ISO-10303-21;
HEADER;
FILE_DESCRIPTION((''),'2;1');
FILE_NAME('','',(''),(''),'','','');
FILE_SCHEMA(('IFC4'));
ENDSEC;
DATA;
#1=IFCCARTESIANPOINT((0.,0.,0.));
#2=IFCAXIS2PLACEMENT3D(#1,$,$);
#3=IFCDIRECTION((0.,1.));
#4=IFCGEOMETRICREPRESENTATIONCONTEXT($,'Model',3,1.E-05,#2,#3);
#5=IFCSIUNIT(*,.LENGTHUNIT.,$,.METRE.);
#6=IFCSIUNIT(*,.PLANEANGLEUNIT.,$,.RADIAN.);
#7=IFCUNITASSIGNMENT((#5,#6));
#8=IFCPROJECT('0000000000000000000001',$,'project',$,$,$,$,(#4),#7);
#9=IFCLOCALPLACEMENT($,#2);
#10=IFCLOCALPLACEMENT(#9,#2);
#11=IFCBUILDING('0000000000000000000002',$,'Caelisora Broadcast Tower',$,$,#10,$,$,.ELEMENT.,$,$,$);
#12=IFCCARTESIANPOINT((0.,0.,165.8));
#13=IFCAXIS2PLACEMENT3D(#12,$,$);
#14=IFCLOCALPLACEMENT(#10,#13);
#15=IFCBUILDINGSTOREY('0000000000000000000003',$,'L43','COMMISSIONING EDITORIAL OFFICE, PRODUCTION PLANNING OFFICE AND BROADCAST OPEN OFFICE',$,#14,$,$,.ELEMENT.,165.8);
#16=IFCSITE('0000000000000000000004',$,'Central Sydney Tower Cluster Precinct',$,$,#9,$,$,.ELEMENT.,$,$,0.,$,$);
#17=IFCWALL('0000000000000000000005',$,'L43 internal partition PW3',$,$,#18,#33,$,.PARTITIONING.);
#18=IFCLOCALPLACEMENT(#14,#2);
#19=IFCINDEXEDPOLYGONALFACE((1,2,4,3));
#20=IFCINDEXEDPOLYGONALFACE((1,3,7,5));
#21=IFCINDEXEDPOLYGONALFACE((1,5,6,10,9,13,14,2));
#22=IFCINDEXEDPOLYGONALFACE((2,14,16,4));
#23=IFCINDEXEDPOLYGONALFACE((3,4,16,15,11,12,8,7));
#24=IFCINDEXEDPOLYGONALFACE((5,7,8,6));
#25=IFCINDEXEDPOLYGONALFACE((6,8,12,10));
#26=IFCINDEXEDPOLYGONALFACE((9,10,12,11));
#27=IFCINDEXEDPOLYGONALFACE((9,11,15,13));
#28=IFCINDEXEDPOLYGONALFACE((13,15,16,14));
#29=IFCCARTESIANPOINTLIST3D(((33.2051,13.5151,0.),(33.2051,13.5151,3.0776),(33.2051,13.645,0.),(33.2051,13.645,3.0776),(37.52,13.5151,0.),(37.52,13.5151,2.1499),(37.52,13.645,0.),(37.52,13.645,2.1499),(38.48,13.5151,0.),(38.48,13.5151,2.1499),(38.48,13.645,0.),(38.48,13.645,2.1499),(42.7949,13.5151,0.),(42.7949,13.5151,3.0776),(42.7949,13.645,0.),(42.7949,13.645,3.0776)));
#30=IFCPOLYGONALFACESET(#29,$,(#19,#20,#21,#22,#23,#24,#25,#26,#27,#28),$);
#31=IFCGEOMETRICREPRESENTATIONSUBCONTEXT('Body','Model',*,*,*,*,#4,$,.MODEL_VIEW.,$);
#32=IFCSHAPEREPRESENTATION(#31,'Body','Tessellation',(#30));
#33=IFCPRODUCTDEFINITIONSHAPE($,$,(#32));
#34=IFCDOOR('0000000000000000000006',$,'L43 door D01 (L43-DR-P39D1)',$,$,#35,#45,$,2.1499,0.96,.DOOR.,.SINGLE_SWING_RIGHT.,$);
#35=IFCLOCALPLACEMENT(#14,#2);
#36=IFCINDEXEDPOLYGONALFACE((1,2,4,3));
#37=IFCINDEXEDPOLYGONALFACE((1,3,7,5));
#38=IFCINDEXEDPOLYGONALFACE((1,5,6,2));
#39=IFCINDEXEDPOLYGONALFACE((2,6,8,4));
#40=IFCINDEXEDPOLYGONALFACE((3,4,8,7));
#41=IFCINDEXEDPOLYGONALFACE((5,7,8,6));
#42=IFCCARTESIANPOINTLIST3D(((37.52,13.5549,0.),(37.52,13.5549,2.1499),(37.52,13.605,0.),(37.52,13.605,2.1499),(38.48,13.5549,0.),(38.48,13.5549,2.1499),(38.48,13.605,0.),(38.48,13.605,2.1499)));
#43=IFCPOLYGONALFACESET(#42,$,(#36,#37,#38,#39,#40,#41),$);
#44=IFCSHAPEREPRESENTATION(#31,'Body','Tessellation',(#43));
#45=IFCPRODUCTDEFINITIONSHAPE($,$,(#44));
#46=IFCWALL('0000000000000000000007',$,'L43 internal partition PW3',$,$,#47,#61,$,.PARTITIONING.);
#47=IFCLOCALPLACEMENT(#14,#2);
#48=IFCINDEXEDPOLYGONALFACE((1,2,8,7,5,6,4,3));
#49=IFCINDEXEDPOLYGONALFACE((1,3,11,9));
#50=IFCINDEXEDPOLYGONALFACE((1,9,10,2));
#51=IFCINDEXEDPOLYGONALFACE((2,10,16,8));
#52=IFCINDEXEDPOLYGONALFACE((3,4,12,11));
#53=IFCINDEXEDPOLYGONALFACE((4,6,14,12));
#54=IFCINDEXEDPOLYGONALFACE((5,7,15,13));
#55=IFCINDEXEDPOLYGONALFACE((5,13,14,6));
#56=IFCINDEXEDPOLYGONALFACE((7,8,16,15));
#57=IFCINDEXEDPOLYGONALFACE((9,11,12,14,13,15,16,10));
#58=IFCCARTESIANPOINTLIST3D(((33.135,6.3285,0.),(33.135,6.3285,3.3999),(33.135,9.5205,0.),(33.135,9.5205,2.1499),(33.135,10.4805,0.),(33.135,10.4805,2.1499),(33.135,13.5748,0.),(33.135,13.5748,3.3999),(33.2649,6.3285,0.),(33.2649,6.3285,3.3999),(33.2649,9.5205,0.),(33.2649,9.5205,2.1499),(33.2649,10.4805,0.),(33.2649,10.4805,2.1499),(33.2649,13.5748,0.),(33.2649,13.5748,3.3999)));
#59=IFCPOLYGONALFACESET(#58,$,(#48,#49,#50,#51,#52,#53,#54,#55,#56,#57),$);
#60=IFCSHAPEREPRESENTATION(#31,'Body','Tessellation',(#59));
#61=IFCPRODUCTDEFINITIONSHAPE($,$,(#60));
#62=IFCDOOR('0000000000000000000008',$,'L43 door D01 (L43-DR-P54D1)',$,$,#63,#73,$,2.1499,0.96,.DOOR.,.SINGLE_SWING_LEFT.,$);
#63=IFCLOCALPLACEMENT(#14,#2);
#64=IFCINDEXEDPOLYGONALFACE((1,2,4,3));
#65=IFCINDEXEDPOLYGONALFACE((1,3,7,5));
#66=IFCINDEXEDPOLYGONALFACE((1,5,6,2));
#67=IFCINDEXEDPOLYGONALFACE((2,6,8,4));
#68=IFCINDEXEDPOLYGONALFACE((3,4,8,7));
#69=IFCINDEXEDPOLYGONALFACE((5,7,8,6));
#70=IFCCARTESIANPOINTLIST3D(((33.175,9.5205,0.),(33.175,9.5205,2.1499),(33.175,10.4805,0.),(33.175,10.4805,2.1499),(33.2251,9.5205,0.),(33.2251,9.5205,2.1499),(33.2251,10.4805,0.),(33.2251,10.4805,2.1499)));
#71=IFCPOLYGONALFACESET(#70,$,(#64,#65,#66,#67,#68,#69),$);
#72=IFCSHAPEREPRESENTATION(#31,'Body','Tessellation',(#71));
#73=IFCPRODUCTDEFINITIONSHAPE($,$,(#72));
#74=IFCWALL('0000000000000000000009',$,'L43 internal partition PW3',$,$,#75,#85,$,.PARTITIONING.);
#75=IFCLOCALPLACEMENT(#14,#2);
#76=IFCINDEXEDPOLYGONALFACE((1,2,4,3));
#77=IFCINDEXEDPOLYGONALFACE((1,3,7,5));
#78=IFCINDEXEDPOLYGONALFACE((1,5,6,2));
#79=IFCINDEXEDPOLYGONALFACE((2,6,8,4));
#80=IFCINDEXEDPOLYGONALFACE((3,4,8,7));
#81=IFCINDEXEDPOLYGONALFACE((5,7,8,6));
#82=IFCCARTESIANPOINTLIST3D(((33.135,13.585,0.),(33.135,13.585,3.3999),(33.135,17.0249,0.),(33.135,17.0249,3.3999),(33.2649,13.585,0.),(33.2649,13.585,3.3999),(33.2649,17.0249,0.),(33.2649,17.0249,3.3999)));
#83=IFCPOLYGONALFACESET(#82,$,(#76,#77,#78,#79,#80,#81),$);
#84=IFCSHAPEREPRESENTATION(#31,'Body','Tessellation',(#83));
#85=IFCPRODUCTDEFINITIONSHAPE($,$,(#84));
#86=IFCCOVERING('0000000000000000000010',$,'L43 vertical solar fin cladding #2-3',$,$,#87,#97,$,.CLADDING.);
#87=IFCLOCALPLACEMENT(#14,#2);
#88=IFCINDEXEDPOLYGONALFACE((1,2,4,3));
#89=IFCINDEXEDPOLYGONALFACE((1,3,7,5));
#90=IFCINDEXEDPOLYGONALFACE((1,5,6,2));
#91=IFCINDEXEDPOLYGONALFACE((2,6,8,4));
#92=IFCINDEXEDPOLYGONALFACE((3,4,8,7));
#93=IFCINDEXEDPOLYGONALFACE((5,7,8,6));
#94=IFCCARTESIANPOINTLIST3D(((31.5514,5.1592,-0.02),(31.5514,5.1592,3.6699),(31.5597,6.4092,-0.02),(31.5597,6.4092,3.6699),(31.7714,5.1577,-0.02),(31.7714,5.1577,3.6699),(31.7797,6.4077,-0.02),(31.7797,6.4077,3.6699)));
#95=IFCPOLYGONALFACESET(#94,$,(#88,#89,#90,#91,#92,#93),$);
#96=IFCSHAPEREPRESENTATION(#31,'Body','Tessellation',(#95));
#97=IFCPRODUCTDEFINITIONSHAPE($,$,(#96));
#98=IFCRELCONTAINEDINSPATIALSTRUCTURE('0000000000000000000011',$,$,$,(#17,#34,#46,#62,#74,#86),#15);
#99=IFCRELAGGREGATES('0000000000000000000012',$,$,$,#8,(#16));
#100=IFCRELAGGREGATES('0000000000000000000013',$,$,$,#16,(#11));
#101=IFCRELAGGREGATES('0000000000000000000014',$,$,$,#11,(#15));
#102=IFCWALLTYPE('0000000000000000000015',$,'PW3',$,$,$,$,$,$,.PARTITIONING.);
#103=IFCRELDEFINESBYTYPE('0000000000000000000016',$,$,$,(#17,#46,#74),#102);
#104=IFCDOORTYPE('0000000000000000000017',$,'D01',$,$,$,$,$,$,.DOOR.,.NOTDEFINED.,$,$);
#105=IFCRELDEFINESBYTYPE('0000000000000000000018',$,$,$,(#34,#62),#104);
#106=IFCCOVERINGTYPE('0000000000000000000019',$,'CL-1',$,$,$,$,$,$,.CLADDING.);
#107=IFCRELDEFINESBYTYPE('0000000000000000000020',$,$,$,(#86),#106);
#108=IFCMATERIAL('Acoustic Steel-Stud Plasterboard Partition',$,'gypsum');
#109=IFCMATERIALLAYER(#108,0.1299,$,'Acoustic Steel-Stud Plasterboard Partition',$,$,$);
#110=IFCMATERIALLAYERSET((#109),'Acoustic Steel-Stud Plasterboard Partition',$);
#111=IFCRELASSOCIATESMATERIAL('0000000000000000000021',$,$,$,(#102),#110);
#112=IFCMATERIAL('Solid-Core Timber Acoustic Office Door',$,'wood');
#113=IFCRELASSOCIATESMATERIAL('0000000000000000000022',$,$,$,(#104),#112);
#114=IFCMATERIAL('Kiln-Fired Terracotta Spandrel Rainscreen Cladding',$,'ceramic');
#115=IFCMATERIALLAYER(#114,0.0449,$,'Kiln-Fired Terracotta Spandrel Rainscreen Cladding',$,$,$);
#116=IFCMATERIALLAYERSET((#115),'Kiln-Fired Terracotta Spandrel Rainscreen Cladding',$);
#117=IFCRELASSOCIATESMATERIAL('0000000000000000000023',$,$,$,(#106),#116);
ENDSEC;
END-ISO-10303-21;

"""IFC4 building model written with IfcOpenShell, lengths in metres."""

from ifc_helpers import new_model, si_unit, direction, frame, frame_2d, origin, origin_2d, place, context, subcontext, project, spatial, rectangle, extrude, source, transform, mapped, material, layer, layer_set, type_object, type_shapes, element, fill, save


model = new_model("IFC4")

# Units and contexts
model_context = context("Model", 3, precision=1e-05, world=origin(), true_north=direction((0.0, 1.0)))
body_context = subcontext(model_context, "Body", "Model", "MODEL_VIEW")
ifc_project = project(units=[si_unit("LENGTHUNIT", "METRE"), si_unit("PLANEANGLEUNIT", "RADIAN")], contexts=[model_context])

# Site, building, storey
site_placement = place(None, origin())
site = spatial("IfcSite", under=ifc_project, at=site_placement, Name="Central Sydney Tower Cluster Precinct", CompositionType="ELEMENT", RefElevation=0.0)
building_placement = place(site_placement, origin())
building = spatial("IfcBuilding", under=site, at=building_placement, Name="Caelisora Broadcast Tower", CompositionType="ELEMENT")
storey_placement = place(building_placement, frame((0.0, 0.0, 165.8)))
storey = spatial("IfcBuildingStorey", under=building, at=storey_placement, Name="L43", Description="COMMISSIONING EDITORIAL OFFICE, PRODUCTION PLANNING OFFICE AND BROADCAST OPEN OFFICE", CompositionType="ELEMENT", Elevation=165.8)

# Walls, openings, doors
ifc_material_1 = material(Name="Acoustic Steel-Stud Plasterboard Partition", Category="gypsum")
ifc_layer_1 = layer(ifc_material_1, 0.1299, Name="Acoustic Steel-Stud Plasterboard Partition")
ifc_layer_set_1 = layer_set([ifc_layer_1], Name="Acoustic Steel-Stud Plasterboard Partition")
wall_type = type_object("IfcWallType", Name="PW3", PredefinedType="PARTITIONING", material=ifc_layer_set_1)
wall_1_placement = place(storey_placement, frame((33.2051, 13.5801, 0.0), z_axis=(0.0, 0.0, 1.0), x_axis=(1.0, 0.0, 0.0)))
wall_1 = element("IfcWall", 1, at=wall_1_placement, inside=storey, type_object=wall_type, Name="L43 internal partition PW3", PredefinedType="PARTITIONING", context=body_context, shape_type="SweptSolid", body=[
    extrude(rectangle(XDim=9.5898, YDim=0.1299, at=frame_2d((4.7949, 0.0))), origin(), (0.0, 0.0, 1.0), 3.0776),
])
opening_1_placement = place(wall_1_placement, frame((4.3149, 0.0, 0.0)))
opening_1 = element("IfcOpeningElement", 2, at=opening_1_placement, cuts=wall_1, PredefinedType="OPENING", context=body_context, shape_type="SweptSolid", body=[
    extrude(rectangle(XDim=0.96, YDim=2.1499, at=frame_2d((0.48, 1.075))), frame((0.0, 0.0769, 0.0), z_axis=(0.0, -1.0, 0.0), x_axis=(1.0, 0.0, 0.0)), (0.0, 0.0, 1.0), 0.1538),
])
ifc_material_2 = material(Name="Solid-Core Timber Acoustic Office Door", Category="wood")
door_type = type_object("IfcDoorType", Name="D01", OperationType="NOTDEFINED", PredefinedType="DOOR", material=ifc_material_2)
door_1_placement = place(opening_1_placement, origin())
door_1 = element("IfcDoor", 3, at=door_1_placement, inside=storey, type_object=door_type, Name="L43 door D01 (L43-DR-P39D1)", OperationType="SINGLE_SWING_RIGHT", OverallHeight=2.1499, OverallWidth=0.96, PredefinedType="DOOR", context=body_context, shape_type="SweptSolid", body=[
    extrude(rectangle(XDim=0.96, YDim=2.1499, at=frame_2d((0.48, 1.075))), frame((0.0, 0.0249, 0.0), z_axis=(0.0, -1.0, 0.0), x_axis=(1.0, 0.0, 0.0)), (0.0, 0.0, 1.0), 0.05),
])
fill(opening_1, door_1)
wall_2_placement = place(storey_placement, frame((33.2, 6.3286, 0.0), z_axis=(0.0, 0.0, 1.0), x_axis=(0.0, 1.0, 0.0)))
wall_2 = element("IfcWall", 4, at=wall_2_placement, inside=storey, type_object=wall_type, Name="L43 internal partition PW3", PredefinedType="PARTITIONING", context=body_context, shape_type="SweptSolid", body=[
    extrude(rectangle(XDim=7.2463, YDim=0.1299, at=frame_2d((3.623, 0.0))), origin(), (0.0, 0.0, 1.0), 3.3999),
])
opening_2_placement = place(wall_2_placement, frame((3.1919, 0.0, 0.0)))
opening_2 = element("IfcOpeningElement", 5, at=opening_2_placement, cuts=wall_2, PredefinedType="OPENING", context=body_context, shape_type="SweptSolid", body=[
    extrude(rectangle(XDim=0.96, YDim=2.1499, at=frame_2d((0.48, 1.075))), frame((0.0, 0.0769, 0.0), z_axis=(0.0, -1.0, 0.0), x_axis=(1.0, 0.0, 0.0)), (0.0, 0.0, 1.0), 0.1538),
])
door_2_placement = place(opening_2_placement, origin())
door_2 = element("IfcDoor", 6, at=door_2_placement, inside=storey, type_object=door_type, Name="L43 door D01 (L43-DR-P54D1)", OperationType="SINGLE_SWING_LEFT", OverallHeight=2.1499, OverallWidth=0.96, PredefinedType="DOOR", context=body_context, shape_type="SweptSolid", body=[
    extrude(rectangle(XDim=0.96, YDim=2.1499, at=frame_2d((0.48, 1.075))), frame((0.0, 0.0249, 0.0), z_axis=(0.0, -1.0, 0.0), x_axis=(1.0, 0.0, 0.0)), (0.0, 0.0, 1.0), 0.05),
])
fill(opening_2, door_2)

# Wall
wall_3_placement = place(storey_placement, frame((33.2, 13.585, 0.0), z_axis=(0.0, 0.0, 1.0), x_axis=(0.0, 1.0, 0.0)))
element("IfcWall", 7, at=wall_3_placement, inside=storey, type_object=wall_type, Name="L43 internal partition PW3", PredefinedType="PARTITIONING", context=body_context, shape_type="SweptSolid", body=[
    extrude(rectangle(XDim=3.4399, YDim=0.1299, at=frame_2d((1.72, 0.0))), origin(), (0.0, 0.0, 1.0), 3.3999),
])

# Covering
ifc_material_3 = material(Name="Kiln-Fired Terracotta Spandrel Rainscreen Cladding", Category="ceramic")
ifc_layer_2 = layer(ifc_material_3, 0.0449, Name="Kiln-Fired Terracotta Spandrel Rainscreen Cladding")
ifc_layer_set_2 = layer_set([ifc_layer_2], Name="Kiln-Fired Terracotta Spandrel Rainscreen Cladding")
covering_type = type_object("IfcCoveringType", Name="CL-1", PredefinedType="CLADDING", material=ifc_layer_set_2)
shared_shape_1 = source(origin(), body_context, "Body", "SweptSolid", [
    extrude(rectangle(XDim=0.22, YDim=1.25, at=origin_2d()), origin(), (0.0, 0.0, 1.0), 3.6899),
])
type_shapes(covering_type, [shared_shape_1])
covering_placement = place(storey_placement, frame((31.6655, 5.7834, -0.02), z_axis=(0.0, 0.0, 1.0), x_axis=(-0.999978, 0.006632, 0.0)))
element("IfcCovering", 8, at=covering_placement, inside=storey, type_object=covering_type, Name="L43 vertical solar fin cladding #2-3", PredefinedType="CLADDING", context=body_context, shape_type="MappedRepresentation", body=[
    mapped(shared_shape_1, transform((0.0, 0.0, 0.0), scale=1.0)),
])

save(model, "model.ifc")
